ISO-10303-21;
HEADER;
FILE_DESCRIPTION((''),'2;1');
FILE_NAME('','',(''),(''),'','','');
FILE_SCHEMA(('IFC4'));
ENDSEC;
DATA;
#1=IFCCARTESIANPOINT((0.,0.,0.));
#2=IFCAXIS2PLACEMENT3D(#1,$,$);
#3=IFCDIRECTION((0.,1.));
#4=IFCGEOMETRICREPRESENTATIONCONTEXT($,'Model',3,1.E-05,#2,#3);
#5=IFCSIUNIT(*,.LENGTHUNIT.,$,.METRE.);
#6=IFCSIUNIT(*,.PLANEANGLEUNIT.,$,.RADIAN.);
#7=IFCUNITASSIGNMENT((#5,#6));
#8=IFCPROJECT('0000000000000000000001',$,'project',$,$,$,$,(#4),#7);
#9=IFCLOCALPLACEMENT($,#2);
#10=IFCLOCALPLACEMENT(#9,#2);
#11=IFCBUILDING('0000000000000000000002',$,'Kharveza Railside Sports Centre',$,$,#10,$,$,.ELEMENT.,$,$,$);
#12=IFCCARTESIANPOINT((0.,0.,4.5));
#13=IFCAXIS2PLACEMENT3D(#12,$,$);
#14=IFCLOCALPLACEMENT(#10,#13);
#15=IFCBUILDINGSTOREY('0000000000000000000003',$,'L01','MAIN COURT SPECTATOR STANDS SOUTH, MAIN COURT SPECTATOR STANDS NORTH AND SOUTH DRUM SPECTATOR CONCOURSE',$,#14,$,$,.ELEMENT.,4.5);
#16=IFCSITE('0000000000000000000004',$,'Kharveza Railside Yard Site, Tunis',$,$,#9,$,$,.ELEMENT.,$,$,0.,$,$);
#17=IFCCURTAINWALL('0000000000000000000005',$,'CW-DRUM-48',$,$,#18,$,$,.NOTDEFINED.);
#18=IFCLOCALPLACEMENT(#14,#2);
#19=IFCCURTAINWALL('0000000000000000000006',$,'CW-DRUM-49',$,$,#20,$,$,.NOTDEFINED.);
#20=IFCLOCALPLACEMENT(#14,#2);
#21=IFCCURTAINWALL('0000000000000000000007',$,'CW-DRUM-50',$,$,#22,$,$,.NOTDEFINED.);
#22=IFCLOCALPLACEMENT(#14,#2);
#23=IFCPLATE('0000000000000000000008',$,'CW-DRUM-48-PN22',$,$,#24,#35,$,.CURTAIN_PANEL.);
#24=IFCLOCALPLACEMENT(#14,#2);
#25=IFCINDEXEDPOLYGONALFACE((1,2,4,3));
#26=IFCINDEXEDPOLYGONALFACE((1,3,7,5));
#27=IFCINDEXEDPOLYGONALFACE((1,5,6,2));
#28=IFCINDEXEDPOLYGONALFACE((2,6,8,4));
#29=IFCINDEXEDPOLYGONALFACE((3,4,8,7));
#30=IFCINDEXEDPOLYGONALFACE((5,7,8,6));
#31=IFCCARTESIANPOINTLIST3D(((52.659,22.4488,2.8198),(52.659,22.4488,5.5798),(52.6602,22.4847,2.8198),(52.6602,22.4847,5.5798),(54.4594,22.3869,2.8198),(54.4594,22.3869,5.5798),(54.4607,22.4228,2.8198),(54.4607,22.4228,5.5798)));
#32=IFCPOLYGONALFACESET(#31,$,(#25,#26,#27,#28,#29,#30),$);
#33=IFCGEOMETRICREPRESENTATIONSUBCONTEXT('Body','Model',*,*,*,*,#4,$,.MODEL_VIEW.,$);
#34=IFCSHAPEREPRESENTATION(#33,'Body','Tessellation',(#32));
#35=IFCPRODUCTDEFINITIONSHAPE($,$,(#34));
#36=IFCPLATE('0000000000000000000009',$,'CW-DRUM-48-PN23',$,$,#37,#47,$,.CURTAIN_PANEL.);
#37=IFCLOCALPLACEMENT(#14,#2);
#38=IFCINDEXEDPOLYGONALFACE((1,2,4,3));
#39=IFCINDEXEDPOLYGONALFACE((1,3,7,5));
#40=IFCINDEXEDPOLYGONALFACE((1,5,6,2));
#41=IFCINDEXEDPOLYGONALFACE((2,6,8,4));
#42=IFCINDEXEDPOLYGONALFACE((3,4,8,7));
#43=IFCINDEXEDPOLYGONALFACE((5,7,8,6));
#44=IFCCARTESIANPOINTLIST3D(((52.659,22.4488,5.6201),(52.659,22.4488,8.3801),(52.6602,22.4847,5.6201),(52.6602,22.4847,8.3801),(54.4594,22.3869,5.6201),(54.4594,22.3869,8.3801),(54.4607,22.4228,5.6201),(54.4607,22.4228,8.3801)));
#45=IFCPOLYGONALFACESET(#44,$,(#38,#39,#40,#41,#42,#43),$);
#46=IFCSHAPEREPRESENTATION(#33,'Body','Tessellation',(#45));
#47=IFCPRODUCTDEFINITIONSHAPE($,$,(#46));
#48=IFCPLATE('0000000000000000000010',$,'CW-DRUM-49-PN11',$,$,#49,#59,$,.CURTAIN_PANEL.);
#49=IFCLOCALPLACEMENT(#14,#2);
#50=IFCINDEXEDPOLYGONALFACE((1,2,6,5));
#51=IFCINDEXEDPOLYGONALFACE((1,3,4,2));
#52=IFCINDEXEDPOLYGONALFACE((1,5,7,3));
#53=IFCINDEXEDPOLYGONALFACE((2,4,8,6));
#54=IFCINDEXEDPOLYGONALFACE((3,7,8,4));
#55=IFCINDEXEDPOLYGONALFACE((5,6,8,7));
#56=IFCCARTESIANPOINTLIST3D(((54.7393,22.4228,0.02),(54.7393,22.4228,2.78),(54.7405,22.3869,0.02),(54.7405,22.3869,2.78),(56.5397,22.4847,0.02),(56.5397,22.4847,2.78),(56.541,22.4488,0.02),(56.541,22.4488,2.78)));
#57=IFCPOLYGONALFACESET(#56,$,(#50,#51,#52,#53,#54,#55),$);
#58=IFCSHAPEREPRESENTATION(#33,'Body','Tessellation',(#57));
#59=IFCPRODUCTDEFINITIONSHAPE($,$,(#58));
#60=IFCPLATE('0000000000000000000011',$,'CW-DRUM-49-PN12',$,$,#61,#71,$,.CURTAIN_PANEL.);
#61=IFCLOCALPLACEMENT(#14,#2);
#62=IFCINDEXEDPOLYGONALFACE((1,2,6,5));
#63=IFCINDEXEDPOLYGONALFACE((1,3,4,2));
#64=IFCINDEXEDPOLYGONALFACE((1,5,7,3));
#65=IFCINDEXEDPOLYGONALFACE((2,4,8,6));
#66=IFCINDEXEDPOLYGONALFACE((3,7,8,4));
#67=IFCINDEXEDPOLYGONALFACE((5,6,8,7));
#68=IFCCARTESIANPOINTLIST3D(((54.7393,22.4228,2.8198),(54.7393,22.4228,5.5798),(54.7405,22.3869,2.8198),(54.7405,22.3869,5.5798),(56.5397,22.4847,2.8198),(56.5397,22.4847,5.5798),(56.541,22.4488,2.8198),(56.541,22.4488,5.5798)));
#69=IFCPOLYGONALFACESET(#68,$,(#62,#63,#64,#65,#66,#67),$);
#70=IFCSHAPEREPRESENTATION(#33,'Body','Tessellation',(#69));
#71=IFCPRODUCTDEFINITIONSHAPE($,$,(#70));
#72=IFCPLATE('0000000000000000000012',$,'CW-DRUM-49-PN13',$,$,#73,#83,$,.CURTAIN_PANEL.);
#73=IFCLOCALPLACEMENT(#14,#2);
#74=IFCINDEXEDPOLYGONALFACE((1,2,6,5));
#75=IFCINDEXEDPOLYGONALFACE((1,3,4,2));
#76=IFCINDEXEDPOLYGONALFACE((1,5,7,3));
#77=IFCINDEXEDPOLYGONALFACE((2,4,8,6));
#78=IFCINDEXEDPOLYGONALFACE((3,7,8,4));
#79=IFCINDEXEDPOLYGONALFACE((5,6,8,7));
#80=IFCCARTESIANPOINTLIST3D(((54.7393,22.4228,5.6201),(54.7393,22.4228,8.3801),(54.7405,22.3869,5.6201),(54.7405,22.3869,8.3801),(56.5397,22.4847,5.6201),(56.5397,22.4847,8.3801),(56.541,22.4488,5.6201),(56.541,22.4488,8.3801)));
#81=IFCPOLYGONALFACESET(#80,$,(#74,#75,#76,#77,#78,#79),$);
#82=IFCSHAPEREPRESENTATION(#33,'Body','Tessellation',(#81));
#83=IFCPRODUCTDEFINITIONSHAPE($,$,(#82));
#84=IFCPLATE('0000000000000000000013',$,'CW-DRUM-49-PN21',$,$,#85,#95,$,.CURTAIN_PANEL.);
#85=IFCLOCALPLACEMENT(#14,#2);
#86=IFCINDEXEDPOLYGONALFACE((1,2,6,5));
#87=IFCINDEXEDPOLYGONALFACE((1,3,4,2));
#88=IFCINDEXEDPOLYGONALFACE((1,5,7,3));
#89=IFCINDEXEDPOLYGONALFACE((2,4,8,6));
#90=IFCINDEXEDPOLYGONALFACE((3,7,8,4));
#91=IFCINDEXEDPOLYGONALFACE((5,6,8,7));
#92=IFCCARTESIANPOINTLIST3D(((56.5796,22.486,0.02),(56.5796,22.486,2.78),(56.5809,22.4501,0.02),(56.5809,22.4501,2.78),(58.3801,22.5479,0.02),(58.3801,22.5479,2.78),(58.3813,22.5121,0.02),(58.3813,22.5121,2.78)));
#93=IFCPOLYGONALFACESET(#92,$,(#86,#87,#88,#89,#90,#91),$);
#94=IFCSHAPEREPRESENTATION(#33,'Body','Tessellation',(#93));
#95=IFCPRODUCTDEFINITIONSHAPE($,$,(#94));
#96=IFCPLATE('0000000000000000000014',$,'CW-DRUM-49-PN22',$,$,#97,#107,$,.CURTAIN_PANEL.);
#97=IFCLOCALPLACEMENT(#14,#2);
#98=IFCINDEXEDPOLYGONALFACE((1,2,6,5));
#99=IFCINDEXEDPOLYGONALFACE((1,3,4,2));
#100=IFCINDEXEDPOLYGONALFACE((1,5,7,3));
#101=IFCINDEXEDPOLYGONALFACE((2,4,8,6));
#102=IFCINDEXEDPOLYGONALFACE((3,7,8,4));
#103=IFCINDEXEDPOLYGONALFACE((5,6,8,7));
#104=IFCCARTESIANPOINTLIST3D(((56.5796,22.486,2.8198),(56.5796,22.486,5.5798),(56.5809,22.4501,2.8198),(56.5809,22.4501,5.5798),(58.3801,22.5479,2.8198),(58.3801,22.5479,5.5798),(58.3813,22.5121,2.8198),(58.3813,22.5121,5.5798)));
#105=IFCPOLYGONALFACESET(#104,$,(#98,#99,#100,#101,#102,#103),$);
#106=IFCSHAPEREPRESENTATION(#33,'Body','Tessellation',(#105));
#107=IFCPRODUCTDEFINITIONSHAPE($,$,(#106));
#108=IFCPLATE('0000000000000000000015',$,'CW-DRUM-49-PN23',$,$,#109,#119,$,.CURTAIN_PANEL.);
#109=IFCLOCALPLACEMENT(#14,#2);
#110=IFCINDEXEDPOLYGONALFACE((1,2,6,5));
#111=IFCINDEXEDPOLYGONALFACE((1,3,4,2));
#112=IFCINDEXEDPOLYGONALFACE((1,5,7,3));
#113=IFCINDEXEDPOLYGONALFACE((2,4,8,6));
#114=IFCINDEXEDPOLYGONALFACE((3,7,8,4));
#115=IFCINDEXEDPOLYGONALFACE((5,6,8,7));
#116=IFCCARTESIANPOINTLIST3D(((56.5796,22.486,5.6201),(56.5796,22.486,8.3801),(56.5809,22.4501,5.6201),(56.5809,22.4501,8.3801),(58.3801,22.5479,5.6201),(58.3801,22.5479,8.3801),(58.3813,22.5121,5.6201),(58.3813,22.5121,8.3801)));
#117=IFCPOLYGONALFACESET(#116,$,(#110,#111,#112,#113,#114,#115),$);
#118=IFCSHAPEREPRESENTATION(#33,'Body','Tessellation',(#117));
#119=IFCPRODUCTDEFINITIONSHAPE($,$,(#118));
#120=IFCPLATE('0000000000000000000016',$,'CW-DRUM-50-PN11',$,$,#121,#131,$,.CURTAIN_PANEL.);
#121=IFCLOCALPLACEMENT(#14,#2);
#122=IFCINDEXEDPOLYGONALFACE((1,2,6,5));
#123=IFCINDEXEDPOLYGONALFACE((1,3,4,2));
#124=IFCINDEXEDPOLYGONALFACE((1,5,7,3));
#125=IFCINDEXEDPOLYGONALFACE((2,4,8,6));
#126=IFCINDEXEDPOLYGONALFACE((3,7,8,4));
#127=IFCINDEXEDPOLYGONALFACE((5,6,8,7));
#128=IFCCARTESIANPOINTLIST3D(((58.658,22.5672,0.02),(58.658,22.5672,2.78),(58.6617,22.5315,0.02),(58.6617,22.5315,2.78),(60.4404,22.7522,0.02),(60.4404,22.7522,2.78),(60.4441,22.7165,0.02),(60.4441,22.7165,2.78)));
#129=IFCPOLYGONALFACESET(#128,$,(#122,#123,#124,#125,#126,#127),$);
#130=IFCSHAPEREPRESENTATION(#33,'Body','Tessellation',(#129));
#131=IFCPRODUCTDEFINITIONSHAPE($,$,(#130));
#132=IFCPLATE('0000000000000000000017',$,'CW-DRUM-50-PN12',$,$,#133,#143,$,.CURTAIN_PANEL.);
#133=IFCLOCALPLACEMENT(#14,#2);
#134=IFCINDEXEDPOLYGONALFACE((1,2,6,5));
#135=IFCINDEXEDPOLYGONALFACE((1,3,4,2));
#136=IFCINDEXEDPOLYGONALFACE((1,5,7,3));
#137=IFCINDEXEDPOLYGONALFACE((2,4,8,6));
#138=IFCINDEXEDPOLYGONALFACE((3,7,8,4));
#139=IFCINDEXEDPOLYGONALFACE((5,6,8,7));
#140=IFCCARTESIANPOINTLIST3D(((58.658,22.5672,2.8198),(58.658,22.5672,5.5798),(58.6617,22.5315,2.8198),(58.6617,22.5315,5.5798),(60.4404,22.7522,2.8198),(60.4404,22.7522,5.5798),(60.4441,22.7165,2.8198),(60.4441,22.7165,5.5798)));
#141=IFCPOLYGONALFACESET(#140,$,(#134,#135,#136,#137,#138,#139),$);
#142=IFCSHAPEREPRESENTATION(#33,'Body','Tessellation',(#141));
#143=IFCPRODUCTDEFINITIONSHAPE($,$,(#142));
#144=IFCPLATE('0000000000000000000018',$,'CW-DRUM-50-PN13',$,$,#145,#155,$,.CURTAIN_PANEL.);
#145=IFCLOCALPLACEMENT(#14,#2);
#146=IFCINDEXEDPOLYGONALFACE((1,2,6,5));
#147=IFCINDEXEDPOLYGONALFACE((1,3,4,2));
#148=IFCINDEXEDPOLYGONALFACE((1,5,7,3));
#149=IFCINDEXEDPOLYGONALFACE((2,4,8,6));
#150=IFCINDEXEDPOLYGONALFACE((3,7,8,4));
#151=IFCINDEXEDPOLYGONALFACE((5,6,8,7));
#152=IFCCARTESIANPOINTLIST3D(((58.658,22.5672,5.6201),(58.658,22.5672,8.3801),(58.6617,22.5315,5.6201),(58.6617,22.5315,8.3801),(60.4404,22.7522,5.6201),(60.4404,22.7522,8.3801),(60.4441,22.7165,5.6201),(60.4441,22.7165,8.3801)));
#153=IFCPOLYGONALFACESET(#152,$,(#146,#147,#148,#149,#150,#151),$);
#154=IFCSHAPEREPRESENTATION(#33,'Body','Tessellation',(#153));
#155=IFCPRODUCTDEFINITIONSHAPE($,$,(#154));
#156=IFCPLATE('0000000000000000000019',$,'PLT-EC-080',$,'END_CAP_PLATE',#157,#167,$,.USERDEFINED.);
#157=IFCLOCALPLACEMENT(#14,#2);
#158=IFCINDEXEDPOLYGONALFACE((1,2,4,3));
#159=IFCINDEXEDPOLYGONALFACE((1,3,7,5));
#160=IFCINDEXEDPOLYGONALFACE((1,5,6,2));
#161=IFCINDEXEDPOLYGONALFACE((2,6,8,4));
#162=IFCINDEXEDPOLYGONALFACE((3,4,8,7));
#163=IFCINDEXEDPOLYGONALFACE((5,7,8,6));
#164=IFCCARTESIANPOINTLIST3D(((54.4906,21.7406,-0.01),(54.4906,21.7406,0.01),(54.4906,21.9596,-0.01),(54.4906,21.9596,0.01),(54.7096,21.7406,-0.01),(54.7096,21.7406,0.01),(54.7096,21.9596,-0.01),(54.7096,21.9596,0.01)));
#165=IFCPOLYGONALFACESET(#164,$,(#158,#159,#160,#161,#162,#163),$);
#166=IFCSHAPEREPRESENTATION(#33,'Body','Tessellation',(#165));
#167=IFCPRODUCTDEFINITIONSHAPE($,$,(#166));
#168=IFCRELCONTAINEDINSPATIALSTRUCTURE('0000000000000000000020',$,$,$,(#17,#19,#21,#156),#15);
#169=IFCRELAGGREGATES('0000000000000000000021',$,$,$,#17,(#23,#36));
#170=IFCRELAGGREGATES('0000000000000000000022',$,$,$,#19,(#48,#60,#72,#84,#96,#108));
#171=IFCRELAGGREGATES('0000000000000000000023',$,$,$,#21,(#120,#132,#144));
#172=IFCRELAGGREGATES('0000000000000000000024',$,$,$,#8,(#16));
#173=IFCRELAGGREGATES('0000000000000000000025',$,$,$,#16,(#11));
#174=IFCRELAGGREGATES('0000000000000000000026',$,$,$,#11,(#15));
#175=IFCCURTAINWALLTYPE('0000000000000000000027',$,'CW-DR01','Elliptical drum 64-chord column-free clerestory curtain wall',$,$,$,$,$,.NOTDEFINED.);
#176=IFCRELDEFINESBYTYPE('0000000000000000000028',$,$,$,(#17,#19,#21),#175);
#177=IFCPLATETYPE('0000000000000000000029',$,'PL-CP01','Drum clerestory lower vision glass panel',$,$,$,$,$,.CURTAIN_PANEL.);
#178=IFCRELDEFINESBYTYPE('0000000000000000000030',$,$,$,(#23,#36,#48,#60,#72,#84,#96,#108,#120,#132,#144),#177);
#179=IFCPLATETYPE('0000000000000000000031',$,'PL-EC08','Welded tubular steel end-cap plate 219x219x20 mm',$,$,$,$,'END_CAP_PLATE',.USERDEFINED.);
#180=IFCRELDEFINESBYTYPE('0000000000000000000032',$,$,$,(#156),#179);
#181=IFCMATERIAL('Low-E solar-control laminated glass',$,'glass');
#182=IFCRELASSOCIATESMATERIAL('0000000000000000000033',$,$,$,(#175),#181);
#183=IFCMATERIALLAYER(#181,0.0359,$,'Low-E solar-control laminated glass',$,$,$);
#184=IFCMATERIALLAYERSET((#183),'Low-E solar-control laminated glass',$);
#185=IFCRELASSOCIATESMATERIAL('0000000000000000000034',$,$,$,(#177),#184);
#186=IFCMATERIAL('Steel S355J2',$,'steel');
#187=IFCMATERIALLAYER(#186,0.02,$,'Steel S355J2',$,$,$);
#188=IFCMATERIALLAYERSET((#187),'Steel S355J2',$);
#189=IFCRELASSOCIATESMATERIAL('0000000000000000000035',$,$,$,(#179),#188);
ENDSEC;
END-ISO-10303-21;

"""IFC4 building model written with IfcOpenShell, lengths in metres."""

from ifc_helpers import new_model, si_unit, direction, frame, origin, origin_2d, place, context, subcontext, project, spatial, rectangle, extrude, material, layer, layer_set, type_object, element, aggregate, save


model = new_model("IFC4")

# Units and contexts
model_context = context("Model", 3, precision=1e-05, world=origin(), true_north=direction((0.0, 1.0)))
body_context = subcontext(model_context, "Body", "Model", "MODEL_VIEW")
ifc_project = project(units=[si_unit("LENGTHUNIT", "METRE"), si_unit("PLANEANGLEUNIT", "RADIAN")], contexts=[model_context])

# Site, building, storey
site_placement = place(None, origin())
site = spatial("IfcSite", under=ifc_project, at=site_placement, Name="Kharveza Railside Yard Site, Tunis", CompositionType="ELEMENT", RefElevation=0.0)
building_placement = place(site_placement, origin())
building = spatial("IfcBuilding", under=site, at=building_placement, Name="Kharveza Railside Sports Centre", CompositionType="ELEMENT")
storey_placement = place(building_placement, frame((0.0, 0.0, 4.5)))
storey = spatial("IfcBuildingStorey", under=building, at=storey_placement, Name="L01", Description="MAIN COURT SPECTATOR STANDS SOUTH, MAIN COURT SPECTATOR STANDS NORTH AND SOUTH DRUM SPECTATOR CONCOURSE", CompositionType="ELEMENT", Elevation=4.5)

# Curtain wall
ifc_material_1 = material(Name="Low-E solar-control laminated glass", Category="glass")
curtain_wall_type = type_object("IfcCurtainWallType", Name="CW-DR01", Description="Elliptical drum 64-chord column-free clerestory curtain wall", PredefinedType="NOTDEFINED", material=ifc_material_1)
curtain_wall_1_placement = place(storey_placement, origin())
curtain_wall_1 = element("IfcCurtainWall", 1, at=curtain_wall_1_placement, inside=storey, type_object=curtain_wall_type, Name="CW-DRUM-48", PredefinedType="NOTDEFINED")

# Curtain walls
curtain_wall_2_placement = place(storey_placement, origin())
curtain_wall_2 = element("IfcCurtainWall", 2, at=curtain_wall_2_placement, inside=storey, type_object=curtain_wall_type, Name="CW-DRUM-49", PredefinedType="NOTDEFINED")
curtain_wall_3_placement = place(storey_placement, origin())
curtain_wall_3 = element("IfcCurtainWall", 3, at=curtain_wall_3_placement, inside=storey, type_object=curtain_wall_type, Name="CW-DRUM-50", PredefinedType="NOTDEFINED")

# Shared definitions
ifc_material_2 = material(Name="Steel S355J2", Category="steel")

# Plates
ifc_layer_1 = layer(ifc_material_1, 0.0359, Name="Low-E solar-control laminated glass")
ifc_layer_set_1 = layer_set([ifc_layer_1], Name="Low-E solar-control laminated glass")
plate_type_1 = type_object("IfcPlateType", Name="PL-CP01", Description="Drum clerestory lower vision glass panel", PredefinedType="CURTAIN_PANEL", material=ifc_layer_set_1)
plate_1_placement = place(storey_placement, frame((53.5598, 22.4358, 2.8198), z_axis=(0.0, 0.0, 1.0), x_axis=(0.999409, -0.034376, 0.0)))
plate_1 = element("IfcPlate", 4, at=plate_1_placement, type_object=plate_type_1, Name="CW-DRUM-48-PN22", PredefinedType="CURTAIN_PANEL", context=body_context, shape_type="SweptSolid", body=[
    extrude(rectangle(XDim=1.8015, YDim=0.0359, at=origin_2d()), origin(), (0.0, 0.0, 1.0), 2.76),
])
plate_2_placement = place(storey_placement, frame((53.5598, 22.4358, 5.6201), z_axis=(0.0, 0.0, 1.0), x_axis=(0.999409, -0.034376, 0.0)))
plate_2 = element("IfcPlate", 5, at=plate_2_placement, type_object=plate_type_1, Name="CW-DRUM-48-PN23", PredefinedType="CURTAIN_PANEL", context=body_context, shape_type="SweptSolid", body=[
    extrude(rectangle(XDim=1.8015, YDim=0.0359, at=origin_2d()), origin(), (0.0, 0.0, 1.0), 2.76),
])
aggregate(curtain_wall_1, [plate_1, plate_2])
plate_3_placement = place(storey_placement, frame((55.6401, 22.4358, 0.02), z_axis=(0.0, 0.0, 1.0), x_axis=(0.999409, 0.034376, 0.0)))
plate_3 = element("IfcPlate", 6, at=plate_3_placement, type_object=plate_type_1, Name="CW-DRUM-49-PN11", PredefinedType="CURTAIN_PANEL", context=body_context, shape_type="SweptSolid", body=[
    extrude(rectangle(XDim=1.8015, YDim=0.0359, at=origin_2d()), origin(), (0.0, 0.0, 1.0), 2.76),
])
plate_4_placement = place(storey_placement, frame((55.6401, 22.4358, 2.8198), z_axis=(0.0, 0.0, 1.0), x_axis=(0.999409, 0.034376, 0.0)))
plate_4 = element("IfcPlate", 7, at=plate_4_placement, type_object=plate_type_1, Name="CW-DRUM-49-PN12", PredefinedType="CURTAIN_PANEL", context=body_context, shape_type="SweptSolid", body=[
    extrude(rectangle(XDim=1.8015, YDim=0.0359, at=origin_2d()), origin(), (0.0, 0.0, 1.0), 2.76),
])
plate_5_placement = place(storey_placement, frame((55.6401, 22.4358, 5.6201), z_axis=(0.0, 0.0, 1.0), x_axis=(0.999409, 0.034376, 0.0)))
plate_5 = element("IfcPlate", 8, at=plate_5_placement, type_object=plate_type_1, Name="CW-DRUM-49-PN13", PredefinedType="CURTAIN_PANEL", context=body_context, shape_type="SweptSolid", body=[
    extrude(rectangle(XDim=1.8015, YDim=0.0359, at=origin_2d()), origin(), (0.0, 0.0, 1.0), 2.76),
])
plate_6_placement = place(storey_placement, frame((57.4805, 22.499, 0.02), z_axis=(0.0, 0.0, 1.0), x_axis=(0.999409, 0.034376, 0.0)))
plate_6 = element("IfcPlate", 9, at=plate_6_placement, type_object=plate_type_1, Name="CW-DRUM-49-PN21", PredefinedType="CURTAIN_PANEL", context=body_context, shape_type="SweptSolid", body=[
    extrude(rectangle(XDim=1.8015, YDim=0.0359, at=origin_2d()), origin(), (0.0, 0.0, 1.0), 2.76),
])
plate_7_placement = place(storey_placement, frame((57.4805, 22.499, 2.8198), z_axis=(0.0, 0.0, 1.0), x_axis=(0.999409, 0.034376, 0.0)))
plate_7 = element("IfcPlate", 10, at=plate_7_placement, type_object=plate_type_1, Name="CW-DRUM-49-PN22", PredefinedType="CURTAIN_PANEL", context=body_context, shape_type="SweptSolid", body=[
    extrude(rectangle(XDim=1.8015, YDim=0.0359, at=origin_2d()), origin(), (0.0, 0.0, 1.0), 2.76),
])
plate_8_placement = place(storey_placement, frame((57.4805, 22.499, 5.6201), z_axis=(0.0, 0.0, 1.0), x_axis=(0.999409, 0.034376, 0.0)))
plate_8 = element("IfcPlate", 11, at=plate_8_placement, type_object=plate_type_1, Name="CW-DRUM-49-PN23", PredefinedType="CURTAIN_PANEL", context=body_context, shape_type="SweptSolid", body=[
    extrude(rectangle(XDim=1.8015, YDim=0.0359, at=origin_2d()), origin(), (0.0, 0.0, 1.0), 2.76),
])
aggregate(curtain_wall_2, [plate_3, plate_4, plate_5, plate_6, plate_7, plate_8])
plate_9_placement = place(storey_placement, frame((59.551, 22.6418, 0.02), z_axis=(0.0, 0.0, 1.0), x_axis=(0.994652, 0.103279, 0.0)))
plate_9 = element("IfcPlate", 12, at=plate_9_placement, type_object=plate_type_1, Name="CW-DRUM-50-PN11", PredefinedType="CURTAIN_PANEL", context=body_context, shape_type="SweptSolid", body=[
    extrude(rectangle(XDim=1.792, YDim=0.0359, at=origin_2d()), origin(), (0.0, 0.0, 1.0), 2.76),
])
plate_10_placement = place(storey_placement, frame((59.551, 22.6418, 2.8198), z_axis=(0.0, 0.0, 1.0), x_axis=(0.994652, 0.103279, 0.0)))
plate_10 = element("IfcPlate", 13, at=plate_10_placement, type_object=plate_type_1, Name="CW-DRUM-50-PN12", PredefinedType="CURTAIN_PANEL", context=body_context, shape_type="SweptSolid", body=[
    extrude(rectangle(XDim=1.792, YDim=0.0359, at=origin_2d()), origin(), (0.0, 0.0, 1.0), 2.76),
])
plate_11_placement = place(storey_placement, frame((59.551, 22.6418, 5.6201), z_axis=(0.0, 0.0, 1.0), x_axis=(0.994652, 0.103279, 0.0)))
plate_11 = element("IfcPlate", 14, at=plate_11_placement, type_object=plate_type_1, Name="CW-DRUM-50-PN13", PredefinedType="CURTAIN_PANEL", context=body_context, shape_type="SweptSolid", body=[
    extrude(rectangle(XDim=1.792, YDim=0.0359, at=origin_2d()), origin(), (0.0, 0.0, 1.0), 2.76),
])
aggregate(curtain_wall_3, [plate_9, plate_10, plate_11])
ifc_layer_2 = layer(ifc_material_2, 0.02, Name="Steel S355J2")
ifc_layer_set_2 = layer_set([ifc_layer_2], Name="Steel S355J2")
plate_type_2 = type_object("IfcPlateType", Name="PL-EC08", Description="Welded tubular steel end-cap plate 219x219x20 mm", ElementType="END_CAP_PLATE", PredefinedType="USERDEFINED", material=ifc_layer_set_2)
plate_12_placement = place(storey_placement, frame((54.6001, 21.8501, -0.01), z_axis=(0.0, 0.0, 1.0), x_axis=(1.0, 0.0, 0.0)))
element("IfcPlate", 15, at=plate_12_placement, inside=storey, type_object=plate_type_2, Name="PLT-EC-080", ObjectType="END_CAP_PLATE", PredefinedType="USERDEFINED", context=body_context, shape_type="SweptSolid", body=[
    extrude(rectangle(XDim=0.219, YDim=0.219, at=origin_2d()), origin(), (0.0, 0.0, 1.0), 0.02),
])

save(model, "model.ifc")
